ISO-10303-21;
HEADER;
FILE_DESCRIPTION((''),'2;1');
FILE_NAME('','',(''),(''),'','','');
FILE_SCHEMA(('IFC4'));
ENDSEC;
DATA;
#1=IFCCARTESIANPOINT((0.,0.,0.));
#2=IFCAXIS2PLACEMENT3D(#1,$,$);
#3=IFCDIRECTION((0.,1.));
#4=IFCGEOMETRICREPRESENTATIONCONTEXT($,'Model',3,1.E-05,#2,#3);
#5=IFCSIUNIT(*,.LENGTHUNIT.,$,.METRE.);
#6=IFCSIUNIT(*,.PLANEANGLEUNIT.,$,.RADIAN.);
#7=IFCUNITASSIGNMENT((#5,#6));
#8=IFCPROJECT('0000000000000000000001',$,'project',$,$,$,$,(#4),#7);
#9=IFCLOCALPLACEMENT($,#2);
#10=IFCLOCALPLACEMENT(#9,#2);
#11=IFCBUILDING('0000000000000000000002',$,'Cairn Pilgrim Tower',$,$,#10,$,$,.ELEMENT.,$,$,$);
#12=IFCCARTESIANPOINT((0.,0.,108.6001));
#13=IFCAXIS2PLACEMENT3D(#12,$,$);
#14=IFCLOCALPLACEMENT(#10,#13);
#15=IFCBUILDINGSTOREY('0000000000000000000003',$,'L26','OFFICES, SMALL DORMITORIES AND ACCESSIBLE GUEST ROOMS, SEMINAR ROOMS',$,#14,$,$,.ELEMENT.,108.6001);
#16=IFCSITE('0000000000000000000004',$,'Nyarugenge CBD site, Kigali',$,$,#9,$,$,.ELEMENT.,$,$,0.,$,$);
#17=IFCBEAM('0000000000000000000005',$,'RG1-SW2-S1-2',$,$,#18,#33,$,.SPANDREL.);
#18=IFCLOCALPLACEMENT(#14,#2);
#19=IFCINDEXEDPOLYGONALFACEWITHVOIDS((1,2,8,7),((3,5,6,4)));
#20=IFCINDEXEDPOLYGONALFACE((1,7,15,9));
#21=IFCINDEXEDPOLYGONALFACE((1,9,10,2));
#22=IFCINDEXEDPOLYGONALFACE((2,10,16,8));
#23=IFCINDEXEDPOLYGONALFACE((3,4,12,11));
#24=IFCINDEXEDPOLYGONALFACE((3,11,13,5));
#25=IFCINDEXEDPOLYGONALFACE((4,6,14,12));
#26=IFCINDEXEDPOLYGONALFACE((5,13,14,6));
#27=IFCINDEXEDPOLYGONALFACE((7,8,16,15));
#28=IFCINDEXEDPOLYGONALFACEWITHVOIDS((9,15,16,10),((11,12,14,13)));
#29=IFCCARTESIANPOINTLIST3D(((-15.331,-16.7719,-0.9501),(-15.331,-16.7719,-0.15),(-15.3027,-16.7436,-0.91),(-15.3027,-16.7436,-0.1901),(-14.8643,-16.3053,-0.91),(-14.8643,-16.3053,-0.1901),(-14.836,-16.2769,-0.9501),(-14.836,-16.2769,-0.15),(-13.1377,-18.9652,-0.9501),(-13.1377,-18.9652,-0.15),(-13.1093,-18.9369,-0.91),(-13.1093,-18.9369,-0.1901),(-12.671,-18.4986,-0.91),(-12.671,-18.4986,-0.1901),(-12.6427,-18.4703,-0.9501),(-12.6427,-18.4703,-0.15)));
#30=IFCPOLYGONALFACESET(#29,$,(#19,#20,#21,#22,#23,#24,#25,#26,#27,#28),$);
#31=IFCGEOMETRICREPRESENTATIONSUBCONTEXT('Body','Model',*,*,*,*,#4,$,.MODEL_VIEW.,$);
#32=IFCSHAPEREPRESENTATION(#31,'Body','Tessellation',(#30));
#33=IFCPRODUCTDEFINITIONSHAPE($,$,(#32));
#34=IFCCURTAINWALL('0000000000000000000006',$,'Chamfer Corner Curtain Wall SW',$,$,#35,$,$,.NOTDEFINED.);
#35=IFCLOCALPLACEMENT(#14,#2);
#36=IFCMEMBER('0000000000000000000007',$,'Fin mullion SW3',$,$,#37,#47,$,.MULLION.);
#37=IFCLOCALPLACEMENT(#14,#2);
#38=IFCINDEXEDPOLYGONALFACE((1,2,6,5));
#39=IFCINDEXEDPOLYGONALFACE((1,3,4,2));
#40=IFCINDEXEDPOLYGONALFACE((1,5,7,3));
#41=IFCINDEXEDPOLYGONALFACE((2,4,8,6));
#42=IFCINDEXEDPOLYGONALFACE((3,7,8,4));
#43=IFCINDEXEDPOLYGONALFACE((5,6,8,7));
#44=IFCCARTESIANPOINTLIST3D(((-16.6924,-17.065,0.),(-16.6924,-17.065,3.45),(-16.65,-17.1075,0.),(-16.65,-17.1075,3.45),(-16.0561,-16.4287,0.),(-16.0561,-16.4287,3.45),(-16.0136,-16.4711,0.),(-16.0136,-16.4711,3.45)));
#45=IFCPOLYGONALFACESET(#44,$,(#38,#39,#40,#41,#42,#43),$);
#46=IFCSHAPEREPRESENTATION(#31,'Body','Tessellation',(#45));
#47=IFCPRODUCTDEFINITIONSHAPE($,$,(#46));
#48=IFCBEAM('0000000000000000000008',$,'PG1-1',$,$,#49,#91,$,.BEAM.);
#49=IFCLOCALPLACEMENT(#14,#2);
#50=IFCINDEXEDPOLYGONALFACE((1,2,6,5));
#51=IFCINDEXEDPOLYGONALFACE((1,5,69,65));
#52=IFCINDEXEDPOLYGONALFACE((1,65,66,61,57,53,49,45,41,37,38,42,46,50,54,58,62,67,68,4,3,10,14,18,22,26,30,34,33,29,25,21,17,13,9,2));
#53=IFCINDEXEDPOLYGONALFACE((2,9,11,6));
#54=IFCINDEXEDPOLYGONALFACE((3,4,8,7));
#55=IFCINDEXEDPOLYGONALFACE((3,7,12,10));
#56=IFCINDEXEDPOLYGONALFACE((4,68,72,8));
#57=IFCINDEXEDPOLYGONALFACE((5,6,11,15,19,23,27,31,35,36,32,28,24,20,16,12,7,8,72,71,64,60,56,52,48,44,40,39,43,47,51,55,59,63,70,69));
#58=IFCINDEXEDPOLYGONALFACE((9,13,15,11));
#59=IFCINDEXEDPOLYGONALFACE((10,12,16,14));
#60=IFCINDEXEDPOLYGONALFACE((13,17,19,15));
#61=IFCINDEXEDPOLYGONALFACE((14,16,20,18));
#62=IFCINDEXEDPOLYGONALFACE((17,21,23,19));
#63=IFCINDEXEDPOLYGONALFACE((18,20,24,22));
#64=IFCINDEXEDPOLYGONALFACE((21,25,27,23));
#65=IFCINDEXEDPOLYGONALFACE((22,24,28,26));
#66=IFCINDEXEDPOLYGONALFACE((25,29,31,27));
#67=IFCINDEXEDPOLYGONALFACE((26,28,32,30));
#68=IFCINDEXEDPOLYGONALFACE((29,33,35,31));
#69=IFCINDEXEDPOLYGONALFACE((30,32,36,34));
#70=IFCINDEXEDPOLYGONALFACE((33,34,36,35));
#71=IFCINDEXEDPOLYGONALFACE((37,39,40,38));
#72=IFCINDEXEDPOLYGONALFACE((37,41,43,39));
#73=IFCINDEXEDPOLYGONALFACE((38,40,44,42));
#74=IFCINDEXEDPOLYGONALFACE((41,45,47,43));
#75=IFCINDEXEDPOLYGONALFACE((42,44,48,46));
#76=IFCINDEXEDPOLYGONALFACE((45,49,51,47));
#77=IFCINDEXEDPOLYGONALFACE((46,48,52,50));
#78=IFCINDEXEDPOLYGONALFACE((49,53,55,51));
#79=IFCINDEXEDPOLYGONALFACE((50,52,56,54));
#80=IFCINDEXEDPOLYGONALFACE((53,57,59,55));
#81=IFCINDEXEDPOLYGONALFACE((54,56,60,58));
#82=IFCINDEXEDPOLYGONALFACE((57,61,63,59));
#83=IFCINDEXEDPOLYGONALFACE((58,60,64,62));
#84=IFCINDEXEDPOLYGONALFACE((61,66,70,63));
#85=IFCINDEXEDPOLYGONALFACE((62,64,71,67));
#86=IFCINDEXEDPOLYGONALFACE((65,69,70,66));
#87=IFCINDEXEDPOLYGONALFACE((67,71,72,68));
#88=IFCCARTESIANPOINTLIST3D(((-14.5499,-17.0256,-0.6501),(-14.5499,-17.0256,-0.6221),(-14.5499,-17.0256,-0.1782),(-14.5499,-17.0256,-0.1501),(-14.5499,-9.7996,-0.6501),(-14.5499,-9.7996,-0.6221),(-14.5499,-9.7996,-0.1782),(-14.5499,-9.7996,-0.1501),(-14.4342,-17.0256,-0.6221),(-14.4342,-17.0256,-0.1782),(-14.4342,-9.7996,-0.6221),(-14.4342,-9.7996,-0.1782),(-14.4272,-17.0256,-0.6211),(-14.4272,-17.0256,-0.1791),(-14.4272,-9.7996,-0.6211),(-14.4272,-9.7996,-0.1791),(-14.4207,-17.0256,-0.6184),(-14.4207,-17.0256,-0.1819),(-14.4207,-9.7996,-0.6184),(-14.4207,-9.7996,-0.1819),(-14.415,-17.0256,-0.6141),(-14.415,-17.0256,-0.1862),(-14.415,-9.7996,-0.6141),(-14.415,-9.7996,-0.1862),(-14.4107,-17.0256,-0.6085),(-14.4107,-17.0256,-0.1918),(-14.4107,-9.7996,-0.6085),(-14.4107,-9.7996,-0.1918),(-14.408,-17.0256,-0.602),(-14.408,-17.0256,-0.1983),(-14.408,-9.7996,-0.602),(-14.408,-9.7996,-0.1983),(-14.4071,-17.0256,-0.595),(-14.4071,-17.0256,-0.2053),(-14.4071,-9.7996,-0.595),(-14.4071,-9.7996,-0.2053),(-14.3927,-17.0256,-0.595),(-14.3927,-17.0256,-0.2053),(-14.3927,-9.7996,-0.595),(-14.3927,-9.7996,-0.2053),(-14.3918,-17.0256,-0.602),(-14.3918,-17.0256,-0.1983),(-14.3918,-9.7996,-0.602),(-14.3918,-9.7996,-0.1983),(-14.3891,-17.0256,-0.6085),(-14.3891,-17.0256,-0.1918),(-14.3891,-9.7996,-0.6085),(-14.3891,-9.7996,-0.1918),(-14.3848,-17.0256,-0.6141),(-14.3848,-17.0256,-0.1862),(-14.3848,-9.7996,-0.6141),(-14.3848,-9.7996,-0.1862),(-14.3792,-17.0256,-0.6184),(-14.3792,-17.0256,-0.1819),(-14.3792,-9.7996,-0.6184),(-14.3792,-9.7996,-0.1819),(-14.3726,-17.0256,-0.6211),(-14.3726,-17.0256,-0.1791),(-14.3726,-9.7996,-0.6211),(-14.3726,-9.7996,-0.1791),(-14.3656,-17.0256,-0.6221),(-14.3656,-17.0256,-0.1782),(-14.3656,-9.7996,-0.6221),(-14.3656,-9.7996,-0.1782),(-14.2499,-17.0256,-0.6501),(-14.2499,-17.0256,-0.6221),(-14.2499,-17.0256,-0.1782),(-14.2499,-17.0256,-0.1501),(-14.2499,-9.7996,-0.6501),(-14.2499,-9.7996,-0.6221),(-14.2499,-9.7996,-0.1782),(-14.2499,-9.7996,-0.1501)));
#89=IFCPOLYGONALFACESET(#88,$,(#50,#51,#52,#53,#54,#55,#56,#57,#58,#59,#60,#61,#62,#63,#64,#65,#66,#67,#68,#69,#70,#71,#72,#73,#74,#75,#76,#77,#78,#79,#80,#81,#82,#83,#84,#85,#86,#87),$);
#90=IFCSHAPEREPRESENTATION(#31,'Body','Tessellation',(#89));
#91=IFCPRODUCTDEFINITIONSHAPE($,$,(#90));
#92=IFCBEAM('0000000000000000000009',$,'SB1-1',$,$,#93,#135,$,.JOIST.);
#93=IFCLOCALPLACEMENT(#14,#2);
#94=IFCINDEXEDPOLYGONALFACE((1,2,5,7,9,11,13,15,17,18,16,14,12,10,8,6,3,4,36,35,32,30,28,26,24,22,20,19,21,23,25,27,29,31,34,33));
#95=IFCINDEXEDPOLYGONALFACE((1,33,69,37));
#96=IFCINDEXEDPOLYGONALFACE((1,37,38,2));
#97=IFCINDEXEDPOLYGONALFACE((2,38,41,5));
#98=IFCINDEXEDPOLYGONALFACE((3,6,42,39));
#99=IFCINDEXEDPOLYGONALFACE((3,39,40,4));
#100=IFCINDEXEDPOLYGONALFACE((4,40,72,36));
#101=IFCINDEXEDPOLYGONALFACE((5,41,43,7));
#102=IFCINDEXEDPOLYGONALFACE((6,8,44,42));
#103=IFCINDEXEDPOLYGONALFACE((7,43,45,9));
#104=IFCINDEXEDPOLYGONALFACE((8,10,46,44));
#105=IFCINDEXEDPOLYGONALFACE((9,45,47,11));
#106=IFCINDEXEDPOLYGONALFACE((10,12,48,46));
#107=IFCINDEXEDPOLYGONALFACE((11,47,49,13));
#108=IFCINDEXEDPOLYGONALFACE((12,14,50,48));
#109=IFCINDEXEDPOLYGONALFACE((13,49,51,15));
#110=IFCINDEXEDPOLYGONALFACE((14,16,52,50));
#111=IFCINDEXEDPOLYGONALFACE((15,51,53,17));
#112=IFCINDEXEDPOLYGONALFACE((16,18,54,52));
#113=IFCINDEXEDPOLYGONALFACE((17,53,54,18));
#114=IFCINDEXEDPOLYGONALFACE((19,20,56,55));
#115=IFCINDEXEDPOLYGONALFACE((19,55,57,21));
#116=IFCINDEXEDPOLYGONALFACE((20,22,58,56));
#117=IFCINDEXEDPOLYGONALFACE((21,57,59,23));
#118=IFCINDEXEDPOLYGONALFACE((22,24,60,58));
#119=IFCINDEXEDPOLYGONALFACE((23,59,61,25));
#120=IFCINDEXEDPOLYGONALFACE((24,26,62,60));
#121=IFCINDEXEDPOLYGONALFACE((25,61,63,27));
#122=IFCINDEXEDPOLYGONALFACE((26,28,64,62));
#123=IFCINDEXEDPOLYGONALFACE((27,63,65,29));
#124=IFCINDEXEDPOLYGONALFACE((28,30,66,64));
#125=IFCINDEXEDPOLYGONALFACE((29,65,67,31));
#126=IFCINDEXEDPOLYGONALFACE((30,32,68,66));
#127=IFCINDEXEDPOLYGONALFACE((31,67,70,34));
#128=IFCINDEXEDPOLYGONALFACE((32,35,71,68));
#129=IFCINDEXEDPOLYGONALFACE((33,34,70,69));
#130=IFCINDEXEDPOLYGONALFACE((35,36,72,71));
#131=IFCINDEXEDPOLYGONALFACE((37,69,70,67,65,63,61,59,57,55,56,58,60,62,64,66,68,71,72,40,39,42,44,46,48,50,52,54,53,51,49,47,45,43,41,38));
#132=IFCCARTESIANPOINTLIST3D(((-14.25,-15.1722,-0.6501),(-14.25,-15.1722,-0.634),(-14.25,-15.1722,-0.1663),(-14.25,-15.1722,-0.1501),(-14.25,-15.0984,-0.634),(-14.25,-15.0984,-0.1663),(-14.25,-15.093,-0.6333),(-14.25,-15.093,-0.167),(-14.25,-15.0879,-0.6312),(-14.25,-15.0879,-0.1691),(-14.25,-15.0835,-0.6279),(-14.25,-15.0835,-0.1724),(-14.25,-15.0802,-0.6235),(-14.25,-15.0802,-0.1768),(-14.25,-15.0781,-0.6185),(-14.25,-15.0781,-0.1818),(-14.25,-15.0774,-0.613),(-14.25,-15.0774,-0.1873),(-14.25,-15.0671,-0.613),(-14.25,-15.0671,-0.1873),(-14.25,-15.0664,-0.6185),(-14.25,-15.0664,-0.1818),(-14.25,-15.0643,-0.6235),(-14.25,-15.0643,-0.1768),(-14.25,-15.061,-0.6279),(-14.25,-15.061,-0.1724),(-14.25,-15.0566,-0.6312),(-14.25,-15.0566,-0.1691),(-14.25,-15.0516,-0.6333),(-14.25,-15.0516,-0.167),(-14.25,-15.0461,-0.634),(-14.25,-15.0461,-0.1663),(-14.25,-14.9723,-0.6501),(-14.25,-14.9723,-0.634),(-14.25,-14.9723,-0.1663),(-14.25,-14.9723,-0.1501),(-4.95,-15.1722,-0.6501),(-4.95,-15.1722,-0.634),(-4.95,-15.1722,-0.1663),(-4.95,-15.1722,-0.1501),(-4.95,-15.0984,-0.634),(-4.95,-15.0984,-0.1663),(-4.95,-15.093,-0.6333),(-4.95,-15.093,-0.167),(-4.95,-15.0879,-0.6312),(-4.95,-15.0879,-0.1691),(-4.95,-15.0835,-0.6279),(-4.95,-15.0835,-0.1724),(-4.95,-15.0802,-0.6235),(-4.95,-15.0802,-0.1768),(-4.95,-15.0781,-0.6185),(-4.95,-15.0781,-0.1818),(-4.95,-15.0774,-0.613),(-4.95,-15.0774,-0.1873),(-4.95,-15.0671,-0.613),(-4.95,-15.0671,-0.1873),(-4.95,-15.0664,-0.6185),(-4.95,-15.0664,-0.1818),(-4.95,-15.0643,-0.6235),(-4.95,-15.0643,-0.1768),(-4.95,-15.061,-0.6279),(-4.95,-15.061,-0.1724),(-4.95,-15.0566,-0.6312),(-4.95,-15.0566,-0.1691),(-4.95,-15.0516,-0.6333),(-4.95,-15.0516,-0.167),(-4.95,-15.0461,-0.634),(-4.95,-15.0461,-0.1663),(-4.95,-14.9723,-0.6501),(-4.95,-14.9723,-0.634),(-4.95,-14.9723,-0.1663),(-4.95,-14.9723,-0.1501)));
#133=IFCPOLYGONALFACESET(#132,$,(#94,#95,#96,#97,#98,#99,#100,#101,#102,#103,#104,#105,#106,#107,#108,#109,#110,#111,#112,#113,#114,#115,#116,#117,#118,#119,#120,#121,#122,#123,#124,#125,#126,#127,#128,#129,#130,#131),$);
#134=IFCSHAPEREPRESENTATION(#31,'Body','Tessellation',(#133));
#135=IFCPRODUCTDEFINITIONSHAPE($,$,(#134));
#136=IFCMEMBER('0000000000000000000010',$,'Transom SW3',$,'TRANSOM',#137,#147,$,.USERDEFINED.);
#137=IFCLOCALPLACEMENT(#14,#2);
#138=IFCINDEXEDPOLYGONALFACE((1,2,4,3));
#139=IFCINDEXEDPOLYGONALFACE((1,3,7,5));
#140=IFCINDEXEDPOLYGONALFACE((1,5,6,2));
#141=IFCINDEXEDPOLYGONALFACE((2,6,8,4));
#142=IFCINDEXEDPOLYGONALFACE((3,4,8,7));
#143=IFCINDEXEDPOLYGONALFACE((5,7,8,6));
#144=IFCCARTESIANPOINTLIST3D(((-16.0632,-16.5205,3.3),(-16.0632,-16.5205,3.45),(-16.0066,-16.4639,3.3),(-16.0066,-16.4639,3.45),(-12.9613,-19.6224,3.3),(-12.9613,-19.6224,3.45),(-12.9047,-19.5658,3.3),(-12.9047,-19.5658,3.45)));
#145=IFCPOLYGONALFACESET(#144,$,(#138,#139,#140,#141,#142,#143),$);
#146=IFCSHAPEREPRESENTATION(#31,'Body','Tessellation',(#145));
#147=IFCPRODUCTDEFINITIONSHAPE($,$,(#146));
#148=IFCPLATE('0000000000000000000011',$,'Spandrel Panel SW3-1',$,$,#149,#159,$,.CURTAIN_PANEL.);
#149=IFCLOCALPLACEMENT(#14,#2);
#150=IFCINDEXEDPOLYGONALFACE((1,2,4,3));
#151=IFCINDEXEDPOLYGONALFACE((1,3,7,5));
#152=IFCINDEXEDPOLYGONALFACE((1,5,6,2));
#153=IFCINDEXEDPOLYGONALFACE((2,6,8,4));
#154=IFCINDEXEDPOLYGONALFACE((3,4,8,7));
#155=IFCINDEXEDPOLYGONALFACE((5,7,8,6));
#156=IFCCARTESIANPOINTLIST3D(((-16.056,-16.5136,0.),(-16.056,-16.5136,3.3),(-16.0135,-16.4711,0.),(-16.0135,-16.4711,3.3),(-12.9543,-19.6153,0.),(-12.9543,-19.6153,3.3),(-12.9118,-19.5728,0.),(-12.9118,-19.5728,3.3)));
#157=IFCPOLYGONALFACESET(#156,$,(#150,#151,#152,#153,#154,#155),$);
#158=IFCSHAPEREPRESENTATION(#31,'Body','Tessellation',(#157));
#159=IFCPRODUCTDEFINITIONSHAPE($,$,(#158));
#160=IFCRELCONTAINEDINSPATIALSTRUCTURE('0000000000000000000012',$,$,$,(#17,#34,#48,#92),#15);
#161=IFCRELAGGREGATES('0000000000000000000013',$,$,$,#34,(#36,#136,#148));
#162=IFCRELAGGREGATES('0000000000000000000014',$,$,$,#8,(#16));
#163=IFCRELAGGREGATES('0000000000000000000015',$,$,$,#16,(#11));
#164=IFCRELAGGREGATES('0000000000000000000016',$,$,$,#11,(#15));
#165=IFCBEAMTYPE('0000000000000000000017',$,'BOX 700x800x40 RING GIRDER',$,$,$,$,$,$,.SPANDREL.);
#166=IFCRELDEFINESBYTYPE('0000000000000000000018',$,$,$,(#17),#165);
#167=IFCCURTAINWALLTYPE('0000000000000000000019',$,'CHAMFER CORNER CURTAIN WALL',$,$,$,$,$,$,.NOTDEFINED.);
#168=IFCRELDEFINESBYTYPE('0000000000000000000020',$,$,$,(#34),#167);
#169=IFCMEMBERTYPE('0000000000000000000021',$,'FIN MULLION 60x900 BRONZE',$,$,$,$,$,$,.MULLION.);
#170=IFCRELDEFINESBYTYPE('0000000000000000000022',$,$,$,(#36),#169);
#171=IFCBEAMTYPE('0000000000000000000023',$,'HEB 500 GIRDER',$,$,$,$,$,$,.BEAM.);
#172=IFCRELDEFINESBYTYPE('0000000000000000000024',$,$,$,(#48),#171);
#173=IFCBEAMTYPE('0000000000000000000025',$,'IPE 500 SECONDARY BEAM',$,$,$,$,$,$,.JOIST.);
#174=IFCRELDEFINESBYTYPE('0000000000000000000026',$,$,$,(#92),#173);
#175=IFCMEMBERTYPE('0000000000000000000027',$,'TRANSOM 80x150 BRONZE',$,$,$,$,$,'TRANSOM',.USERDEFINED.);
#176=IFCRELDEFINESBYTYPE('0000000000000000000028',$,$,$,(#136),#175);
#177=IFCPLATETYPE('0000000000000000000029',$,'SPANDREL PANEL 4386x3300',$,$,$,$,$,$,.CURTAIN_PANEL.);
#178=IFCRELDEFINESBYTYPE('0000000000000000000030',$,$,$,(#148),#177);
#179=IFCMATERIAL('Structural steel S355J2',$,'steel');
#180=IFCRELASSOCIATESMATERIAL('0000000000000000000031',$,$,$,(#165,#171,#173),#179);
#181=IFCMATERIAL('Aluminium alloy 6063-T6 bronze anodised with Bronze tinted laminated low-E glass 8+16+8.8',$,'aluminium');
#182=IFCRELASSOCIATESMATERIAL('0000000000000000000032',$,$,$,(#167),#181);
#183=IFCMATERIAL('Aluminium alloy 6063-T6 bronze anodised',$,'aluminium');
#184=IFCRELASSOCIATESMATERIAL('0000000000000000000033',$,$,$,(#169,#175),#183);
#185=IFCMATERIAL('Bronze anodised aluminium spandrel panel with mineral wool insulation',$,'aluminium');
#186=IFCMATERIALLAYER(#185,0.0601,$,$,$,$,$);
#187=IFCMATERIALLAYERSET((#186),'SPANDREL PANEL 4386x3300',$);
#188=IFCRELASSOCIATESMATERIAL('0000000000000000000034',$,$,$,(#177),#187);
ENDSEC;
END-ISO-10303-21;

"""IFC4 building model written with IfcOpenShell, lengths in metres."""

from ifc_helpers import new_model, si_unit, direction, frame, origin, origin_2d, place, context, subcontext, project, spatial, rectangle, hollow_rectangle, i_section, extrude, material, layer, layer_set, material_profile, profile_set, type_object, element, aggregate, save


model = new_model("IFC4")

# Units and contexts
model_context = context("Model", 3, precision=1e-05, world=origin(), true_north=direction((0.0, 1.0)))
body_context = subcontext(model_context, "Body", "Model", "MODEL_VIEW")
ifc_project = project(units=[si_unit("LENGTHUNIT", "METRE"), si_unit("PLANEANGLEUNIT", "RADIAN")], contexts=[model_context])

# Site, building, storey
site_placement = place(None, origin())
site = spatial("IfcSite", under=ifc_project, at=site_placement, Name="Nyarugenge CBD site, Kigali", CompositionType="ELEMENT", RefElevation=0.0)
building_placement = place(site_placement, origin())
building = spatial("IfcBuilding", under=site, at=building_placement, Name="Cairn Pilgrim Tower", CompositionType="ELEMENT")
storey_placement = place(building_placement, frame((0.0, 0.0, 108.6001)))
storey = spatial("IfcBuildingStorey", under=building, at=storey_placement, Name="L26", Description="OFFICES, SMALL DORMITORIES AND ACCESSIBLE GUEST ROOMS, SEMINAR ROOMS", CompositionType="ELEMENT", Elevation=108.6001)

# Beam
ifc_material_1 = material(Name="Structural steel S355J2", Category="steel")
ifc_material_profile_1 = material_profile(ifc_material_1, hollow_rectangle(XDim=0.7, YDim=0.8, WallThickness=0.04, at=origin_2d()), Name="BOX 700x800x40")
ifc_profile_set_1 = profile_set([ifc_material_profile_1], Name="Structural steel S355J2")
beam_type_1 = type_object("IfcBeamType", Name="BOX 700x800x40 RING GIRDER", PredefinedType="SPANDREL", material=ifc_profile_set_1)
beam_1_placement = place(storey_placement, frame((-15.0835, -16.5244, -0.55), z_axis=(0.707107, -0.707107, 0.0), x_axis=(0.707107, 0.707107, 0.0)))
element("IfcBeam", 1, at=beam_1_placement, inside=storey, type_object=beam_type_1, Name="RG1-SW2-S1-2", PredefinedType="SPANDREL", context=body_context, shape_type="SweptSolid", body=[
    extrude(hollow_rectangle(XDim=0.7, YDim=0.8, WallThickness=0.04, at=origin_2d()), origin(), (0.0, 0.0, 1.0), 3.1018),
])

# Curtain wall, member
ifc_material_2 = material(Name="Aluminium alloy 6063-T6 bronze anodised with Bronze tinted laminated low-E glass 8+16+8.8", Category="aluminium")
curtain_wall_type = type_object("IfcCurtainWallType", Name="CHAMFER CORNER CURTAIN WALL", PredefinedType="NOTDEFINED", material=ifc_material_2)
curtain_wall_placement = place(storey_placement, origin())
curtain_wall = element("IfcCurtainWall", 2, at=curtain_wall_placement, inside=storey, type_object=curtain_wall_type, Name="Chamfer Corner Curtain Wall SW", PredefinedType="NOTDEFINED")
ifc_material_3 = material(Name="Aluminium alloy 6063-T6 bronze anodised", Category="aluminium")
ifc_material_profile_2 = material_profile(ifc_material_3, rectangle(XDim=0.8999, YDim=0.0601, at=origin_2d()), Name="FIN MULLION 60x900 BRONZE")
ifc_profile_set_2 = profile_set([ifc_material_profile_2], Name="Aluminium alloy 6063-T6 bronze anodised")
member_type_1 = type_object("IfcMemberType", Name="FIN MULLION 60x900 BRONZE", PredefinedType="MULLION", material=ifc_profile_set_2)
member_1_placement = place(storey_placement, frame((-16.353, -16.7681, 0.0), z_axis=(0.0, 0.0, 1.0), x_axis=(-0.707107, -0.707107, 0.0)))
member_1 = element("IfcMember", 3, at=member_1_placement, type_object=member_type_1, Name="Fin mullion SW3", PredefinedType="MULLION", context=body_context, shape_type="SweptSolid", body=[
    extrude(rectangle(XDim=0.8999, YDim=0.0601, at=origin_2d()), origin(), (0.0, 0.0, 1.0), 3.45),
])

# Beams
ifc_material_profile_3 = material_profile(ifc_material_1, i_section(OverallWidth=0.3, OverallDepth=0.5, WebThickness=0.0144, FlangeThickness=0.0281, FilletRadius=0.0271, at=origin_2d()), Name="HEB 500")
ifc_profile_set_3 = profile_set([ifc_material_profile_3], Name="Structural steel S355J2")
beam_type_2 = type_object("IfcBeamType", Name="HEB 500 GIRDER", PredefinedType="BEAM", material=ifc_profile_set_3)
beam_2_placement = place(storey_placement, frame((-14.3999, -17.0256, -0.4001), z_axis=(0.0, 1.0, 0.0), x_axis=(-1.0, 0.0, 0.0)))
element("IfcBeam", 4, at=beam_2_placement, inside=storey, type_object=beam_type_2, Name="PG1-1", PredefinedType="BEAM", context=body_context, shape_type="SweptSolid", body=[
    extrude(i_section(OverallWidth=0.3, OverallDepth=0.5, WebThickness=0.0144, FlangeThickness=0.0281, FilletRadius=0.0271, at=origin_2d()), origin(), (0.0, 0.0, 1.0), 7.2261),
])
ifc_material_profile_4 = material_profile(ifc_material_1, i_section(OverallWidth=0.2, OverallDepth=0.5, WebThickness=0.0103, FlangeThickness=0.0161, FilletRadius=0.021, at=origin_2d()), Name="IPE 500")
ifc_profile_set_4 = profile_set([ifc_material_profile_4], Name="Structural steel S355J2")
beam_type_3 = type_object("IfcBeamType", Name="IPE 500 SECONDARY BEAM", PredefinedType="JOIST", material=ifc_profile_set_4)
beam_3_placement = place(storey_placement, frame((-14.25, -15.0723, -0.4001), z_axis=(1.0, 0.0, 0.0), x_axis=(0.0, 1.0, 0.0)))
element("IfcBeam", 5, at=beam_3_placement, inside=storey, type_object=beam_type_3, Name="SB1-1", PredefinedType="JOIST", context=body_context, shape_type="SweptSolid", body=[
    extrude(i_section(OverallWidth=0.2, OverallDepth=0.5, WebThickness=0.0103, FlangeThickness=0.0161, FilletRadius=0.021, at=origin_2d()), origin(), (0.0, 0.0, 1.0), 9.3),
])

# Member
ifc_material_profile_5 = material_profile(ifc_material_3, rectangle(XDim=0.0801, YDim=0.1499, at=origin_2d()), Name="TRANSOM 80x150 BRONZE")
ifc_profile_set_5 = profile_set([ifc_material_profile_5], Name="Aluminium alloy 6063-T6 bronze anodised")
member_type_2 = type_object("IfcMemberType", Name="TRANSOM 80x150 BRONZE", ElementType="TRANSOM", PredefinedType="USERDEFINED", material=ifc_profile_set_5)
member_2_placement = place(storey_placement, frame((-16.0349, -16.4922, 3.375), z_axis=(0.707107, -0.707107, 0.0), x_axis=(0.707107, 0.707107, 0.0)))
member_2 = element("IfcMember", 6, at=member_2_placement, type_object=member_type_2, Name="Transom SW3", ObjectType="TRANSOM", PredefinedType="USERDEFINED", context=body_context, shape_type="SweptSolid", body=[
    extrude(rectangle(XDim=0.0801, YDim=0.1499, at=origin_2d()), origin(), (0.0, 0.0, 1.0), 4.3867),
])

# Plate
ifc_material_4 = material(Name="Bronze anodised aluminium spandrel panel with mineral wool insulation", Category="aluminium")
ifc_layer = layer(ifc_material_4, 0.0601)
ifc_layer_set = layer_set([ifc_layer], Name="SPANDREL PANEL 4386x3300")
plate_type = type_object("IfcPlateType", Name="SPANDREL PANEL 4386x3300", PredefinedType="CURTAIN_PANEL", material=ifc_layer_set)
plate_placement = place(storey_placement, frame((-14.4839, -18.0432, 0.0), z_axis=(0.0, 0.0, 1.0), x_axis=(0.707107, -0.707107, 0.0)))
plate = element("IfcPlate", 7, at=plate_placement, type_object=plate_type, Name="Spandrel Panel SW3-1", PredefinedType="CURTAIN_PANEL", context=body_context, shape_type="SweptSolid", body=[
    extrude(rectangle(XDim=4.3865, YDim=0.0601, at=origin_2d()), origin(), (0.0, 0.0, 1.0), 3.3),
])
aggregate(curtain_wall, [member_1, member_2, plate])

save(model, "model.ifc")
